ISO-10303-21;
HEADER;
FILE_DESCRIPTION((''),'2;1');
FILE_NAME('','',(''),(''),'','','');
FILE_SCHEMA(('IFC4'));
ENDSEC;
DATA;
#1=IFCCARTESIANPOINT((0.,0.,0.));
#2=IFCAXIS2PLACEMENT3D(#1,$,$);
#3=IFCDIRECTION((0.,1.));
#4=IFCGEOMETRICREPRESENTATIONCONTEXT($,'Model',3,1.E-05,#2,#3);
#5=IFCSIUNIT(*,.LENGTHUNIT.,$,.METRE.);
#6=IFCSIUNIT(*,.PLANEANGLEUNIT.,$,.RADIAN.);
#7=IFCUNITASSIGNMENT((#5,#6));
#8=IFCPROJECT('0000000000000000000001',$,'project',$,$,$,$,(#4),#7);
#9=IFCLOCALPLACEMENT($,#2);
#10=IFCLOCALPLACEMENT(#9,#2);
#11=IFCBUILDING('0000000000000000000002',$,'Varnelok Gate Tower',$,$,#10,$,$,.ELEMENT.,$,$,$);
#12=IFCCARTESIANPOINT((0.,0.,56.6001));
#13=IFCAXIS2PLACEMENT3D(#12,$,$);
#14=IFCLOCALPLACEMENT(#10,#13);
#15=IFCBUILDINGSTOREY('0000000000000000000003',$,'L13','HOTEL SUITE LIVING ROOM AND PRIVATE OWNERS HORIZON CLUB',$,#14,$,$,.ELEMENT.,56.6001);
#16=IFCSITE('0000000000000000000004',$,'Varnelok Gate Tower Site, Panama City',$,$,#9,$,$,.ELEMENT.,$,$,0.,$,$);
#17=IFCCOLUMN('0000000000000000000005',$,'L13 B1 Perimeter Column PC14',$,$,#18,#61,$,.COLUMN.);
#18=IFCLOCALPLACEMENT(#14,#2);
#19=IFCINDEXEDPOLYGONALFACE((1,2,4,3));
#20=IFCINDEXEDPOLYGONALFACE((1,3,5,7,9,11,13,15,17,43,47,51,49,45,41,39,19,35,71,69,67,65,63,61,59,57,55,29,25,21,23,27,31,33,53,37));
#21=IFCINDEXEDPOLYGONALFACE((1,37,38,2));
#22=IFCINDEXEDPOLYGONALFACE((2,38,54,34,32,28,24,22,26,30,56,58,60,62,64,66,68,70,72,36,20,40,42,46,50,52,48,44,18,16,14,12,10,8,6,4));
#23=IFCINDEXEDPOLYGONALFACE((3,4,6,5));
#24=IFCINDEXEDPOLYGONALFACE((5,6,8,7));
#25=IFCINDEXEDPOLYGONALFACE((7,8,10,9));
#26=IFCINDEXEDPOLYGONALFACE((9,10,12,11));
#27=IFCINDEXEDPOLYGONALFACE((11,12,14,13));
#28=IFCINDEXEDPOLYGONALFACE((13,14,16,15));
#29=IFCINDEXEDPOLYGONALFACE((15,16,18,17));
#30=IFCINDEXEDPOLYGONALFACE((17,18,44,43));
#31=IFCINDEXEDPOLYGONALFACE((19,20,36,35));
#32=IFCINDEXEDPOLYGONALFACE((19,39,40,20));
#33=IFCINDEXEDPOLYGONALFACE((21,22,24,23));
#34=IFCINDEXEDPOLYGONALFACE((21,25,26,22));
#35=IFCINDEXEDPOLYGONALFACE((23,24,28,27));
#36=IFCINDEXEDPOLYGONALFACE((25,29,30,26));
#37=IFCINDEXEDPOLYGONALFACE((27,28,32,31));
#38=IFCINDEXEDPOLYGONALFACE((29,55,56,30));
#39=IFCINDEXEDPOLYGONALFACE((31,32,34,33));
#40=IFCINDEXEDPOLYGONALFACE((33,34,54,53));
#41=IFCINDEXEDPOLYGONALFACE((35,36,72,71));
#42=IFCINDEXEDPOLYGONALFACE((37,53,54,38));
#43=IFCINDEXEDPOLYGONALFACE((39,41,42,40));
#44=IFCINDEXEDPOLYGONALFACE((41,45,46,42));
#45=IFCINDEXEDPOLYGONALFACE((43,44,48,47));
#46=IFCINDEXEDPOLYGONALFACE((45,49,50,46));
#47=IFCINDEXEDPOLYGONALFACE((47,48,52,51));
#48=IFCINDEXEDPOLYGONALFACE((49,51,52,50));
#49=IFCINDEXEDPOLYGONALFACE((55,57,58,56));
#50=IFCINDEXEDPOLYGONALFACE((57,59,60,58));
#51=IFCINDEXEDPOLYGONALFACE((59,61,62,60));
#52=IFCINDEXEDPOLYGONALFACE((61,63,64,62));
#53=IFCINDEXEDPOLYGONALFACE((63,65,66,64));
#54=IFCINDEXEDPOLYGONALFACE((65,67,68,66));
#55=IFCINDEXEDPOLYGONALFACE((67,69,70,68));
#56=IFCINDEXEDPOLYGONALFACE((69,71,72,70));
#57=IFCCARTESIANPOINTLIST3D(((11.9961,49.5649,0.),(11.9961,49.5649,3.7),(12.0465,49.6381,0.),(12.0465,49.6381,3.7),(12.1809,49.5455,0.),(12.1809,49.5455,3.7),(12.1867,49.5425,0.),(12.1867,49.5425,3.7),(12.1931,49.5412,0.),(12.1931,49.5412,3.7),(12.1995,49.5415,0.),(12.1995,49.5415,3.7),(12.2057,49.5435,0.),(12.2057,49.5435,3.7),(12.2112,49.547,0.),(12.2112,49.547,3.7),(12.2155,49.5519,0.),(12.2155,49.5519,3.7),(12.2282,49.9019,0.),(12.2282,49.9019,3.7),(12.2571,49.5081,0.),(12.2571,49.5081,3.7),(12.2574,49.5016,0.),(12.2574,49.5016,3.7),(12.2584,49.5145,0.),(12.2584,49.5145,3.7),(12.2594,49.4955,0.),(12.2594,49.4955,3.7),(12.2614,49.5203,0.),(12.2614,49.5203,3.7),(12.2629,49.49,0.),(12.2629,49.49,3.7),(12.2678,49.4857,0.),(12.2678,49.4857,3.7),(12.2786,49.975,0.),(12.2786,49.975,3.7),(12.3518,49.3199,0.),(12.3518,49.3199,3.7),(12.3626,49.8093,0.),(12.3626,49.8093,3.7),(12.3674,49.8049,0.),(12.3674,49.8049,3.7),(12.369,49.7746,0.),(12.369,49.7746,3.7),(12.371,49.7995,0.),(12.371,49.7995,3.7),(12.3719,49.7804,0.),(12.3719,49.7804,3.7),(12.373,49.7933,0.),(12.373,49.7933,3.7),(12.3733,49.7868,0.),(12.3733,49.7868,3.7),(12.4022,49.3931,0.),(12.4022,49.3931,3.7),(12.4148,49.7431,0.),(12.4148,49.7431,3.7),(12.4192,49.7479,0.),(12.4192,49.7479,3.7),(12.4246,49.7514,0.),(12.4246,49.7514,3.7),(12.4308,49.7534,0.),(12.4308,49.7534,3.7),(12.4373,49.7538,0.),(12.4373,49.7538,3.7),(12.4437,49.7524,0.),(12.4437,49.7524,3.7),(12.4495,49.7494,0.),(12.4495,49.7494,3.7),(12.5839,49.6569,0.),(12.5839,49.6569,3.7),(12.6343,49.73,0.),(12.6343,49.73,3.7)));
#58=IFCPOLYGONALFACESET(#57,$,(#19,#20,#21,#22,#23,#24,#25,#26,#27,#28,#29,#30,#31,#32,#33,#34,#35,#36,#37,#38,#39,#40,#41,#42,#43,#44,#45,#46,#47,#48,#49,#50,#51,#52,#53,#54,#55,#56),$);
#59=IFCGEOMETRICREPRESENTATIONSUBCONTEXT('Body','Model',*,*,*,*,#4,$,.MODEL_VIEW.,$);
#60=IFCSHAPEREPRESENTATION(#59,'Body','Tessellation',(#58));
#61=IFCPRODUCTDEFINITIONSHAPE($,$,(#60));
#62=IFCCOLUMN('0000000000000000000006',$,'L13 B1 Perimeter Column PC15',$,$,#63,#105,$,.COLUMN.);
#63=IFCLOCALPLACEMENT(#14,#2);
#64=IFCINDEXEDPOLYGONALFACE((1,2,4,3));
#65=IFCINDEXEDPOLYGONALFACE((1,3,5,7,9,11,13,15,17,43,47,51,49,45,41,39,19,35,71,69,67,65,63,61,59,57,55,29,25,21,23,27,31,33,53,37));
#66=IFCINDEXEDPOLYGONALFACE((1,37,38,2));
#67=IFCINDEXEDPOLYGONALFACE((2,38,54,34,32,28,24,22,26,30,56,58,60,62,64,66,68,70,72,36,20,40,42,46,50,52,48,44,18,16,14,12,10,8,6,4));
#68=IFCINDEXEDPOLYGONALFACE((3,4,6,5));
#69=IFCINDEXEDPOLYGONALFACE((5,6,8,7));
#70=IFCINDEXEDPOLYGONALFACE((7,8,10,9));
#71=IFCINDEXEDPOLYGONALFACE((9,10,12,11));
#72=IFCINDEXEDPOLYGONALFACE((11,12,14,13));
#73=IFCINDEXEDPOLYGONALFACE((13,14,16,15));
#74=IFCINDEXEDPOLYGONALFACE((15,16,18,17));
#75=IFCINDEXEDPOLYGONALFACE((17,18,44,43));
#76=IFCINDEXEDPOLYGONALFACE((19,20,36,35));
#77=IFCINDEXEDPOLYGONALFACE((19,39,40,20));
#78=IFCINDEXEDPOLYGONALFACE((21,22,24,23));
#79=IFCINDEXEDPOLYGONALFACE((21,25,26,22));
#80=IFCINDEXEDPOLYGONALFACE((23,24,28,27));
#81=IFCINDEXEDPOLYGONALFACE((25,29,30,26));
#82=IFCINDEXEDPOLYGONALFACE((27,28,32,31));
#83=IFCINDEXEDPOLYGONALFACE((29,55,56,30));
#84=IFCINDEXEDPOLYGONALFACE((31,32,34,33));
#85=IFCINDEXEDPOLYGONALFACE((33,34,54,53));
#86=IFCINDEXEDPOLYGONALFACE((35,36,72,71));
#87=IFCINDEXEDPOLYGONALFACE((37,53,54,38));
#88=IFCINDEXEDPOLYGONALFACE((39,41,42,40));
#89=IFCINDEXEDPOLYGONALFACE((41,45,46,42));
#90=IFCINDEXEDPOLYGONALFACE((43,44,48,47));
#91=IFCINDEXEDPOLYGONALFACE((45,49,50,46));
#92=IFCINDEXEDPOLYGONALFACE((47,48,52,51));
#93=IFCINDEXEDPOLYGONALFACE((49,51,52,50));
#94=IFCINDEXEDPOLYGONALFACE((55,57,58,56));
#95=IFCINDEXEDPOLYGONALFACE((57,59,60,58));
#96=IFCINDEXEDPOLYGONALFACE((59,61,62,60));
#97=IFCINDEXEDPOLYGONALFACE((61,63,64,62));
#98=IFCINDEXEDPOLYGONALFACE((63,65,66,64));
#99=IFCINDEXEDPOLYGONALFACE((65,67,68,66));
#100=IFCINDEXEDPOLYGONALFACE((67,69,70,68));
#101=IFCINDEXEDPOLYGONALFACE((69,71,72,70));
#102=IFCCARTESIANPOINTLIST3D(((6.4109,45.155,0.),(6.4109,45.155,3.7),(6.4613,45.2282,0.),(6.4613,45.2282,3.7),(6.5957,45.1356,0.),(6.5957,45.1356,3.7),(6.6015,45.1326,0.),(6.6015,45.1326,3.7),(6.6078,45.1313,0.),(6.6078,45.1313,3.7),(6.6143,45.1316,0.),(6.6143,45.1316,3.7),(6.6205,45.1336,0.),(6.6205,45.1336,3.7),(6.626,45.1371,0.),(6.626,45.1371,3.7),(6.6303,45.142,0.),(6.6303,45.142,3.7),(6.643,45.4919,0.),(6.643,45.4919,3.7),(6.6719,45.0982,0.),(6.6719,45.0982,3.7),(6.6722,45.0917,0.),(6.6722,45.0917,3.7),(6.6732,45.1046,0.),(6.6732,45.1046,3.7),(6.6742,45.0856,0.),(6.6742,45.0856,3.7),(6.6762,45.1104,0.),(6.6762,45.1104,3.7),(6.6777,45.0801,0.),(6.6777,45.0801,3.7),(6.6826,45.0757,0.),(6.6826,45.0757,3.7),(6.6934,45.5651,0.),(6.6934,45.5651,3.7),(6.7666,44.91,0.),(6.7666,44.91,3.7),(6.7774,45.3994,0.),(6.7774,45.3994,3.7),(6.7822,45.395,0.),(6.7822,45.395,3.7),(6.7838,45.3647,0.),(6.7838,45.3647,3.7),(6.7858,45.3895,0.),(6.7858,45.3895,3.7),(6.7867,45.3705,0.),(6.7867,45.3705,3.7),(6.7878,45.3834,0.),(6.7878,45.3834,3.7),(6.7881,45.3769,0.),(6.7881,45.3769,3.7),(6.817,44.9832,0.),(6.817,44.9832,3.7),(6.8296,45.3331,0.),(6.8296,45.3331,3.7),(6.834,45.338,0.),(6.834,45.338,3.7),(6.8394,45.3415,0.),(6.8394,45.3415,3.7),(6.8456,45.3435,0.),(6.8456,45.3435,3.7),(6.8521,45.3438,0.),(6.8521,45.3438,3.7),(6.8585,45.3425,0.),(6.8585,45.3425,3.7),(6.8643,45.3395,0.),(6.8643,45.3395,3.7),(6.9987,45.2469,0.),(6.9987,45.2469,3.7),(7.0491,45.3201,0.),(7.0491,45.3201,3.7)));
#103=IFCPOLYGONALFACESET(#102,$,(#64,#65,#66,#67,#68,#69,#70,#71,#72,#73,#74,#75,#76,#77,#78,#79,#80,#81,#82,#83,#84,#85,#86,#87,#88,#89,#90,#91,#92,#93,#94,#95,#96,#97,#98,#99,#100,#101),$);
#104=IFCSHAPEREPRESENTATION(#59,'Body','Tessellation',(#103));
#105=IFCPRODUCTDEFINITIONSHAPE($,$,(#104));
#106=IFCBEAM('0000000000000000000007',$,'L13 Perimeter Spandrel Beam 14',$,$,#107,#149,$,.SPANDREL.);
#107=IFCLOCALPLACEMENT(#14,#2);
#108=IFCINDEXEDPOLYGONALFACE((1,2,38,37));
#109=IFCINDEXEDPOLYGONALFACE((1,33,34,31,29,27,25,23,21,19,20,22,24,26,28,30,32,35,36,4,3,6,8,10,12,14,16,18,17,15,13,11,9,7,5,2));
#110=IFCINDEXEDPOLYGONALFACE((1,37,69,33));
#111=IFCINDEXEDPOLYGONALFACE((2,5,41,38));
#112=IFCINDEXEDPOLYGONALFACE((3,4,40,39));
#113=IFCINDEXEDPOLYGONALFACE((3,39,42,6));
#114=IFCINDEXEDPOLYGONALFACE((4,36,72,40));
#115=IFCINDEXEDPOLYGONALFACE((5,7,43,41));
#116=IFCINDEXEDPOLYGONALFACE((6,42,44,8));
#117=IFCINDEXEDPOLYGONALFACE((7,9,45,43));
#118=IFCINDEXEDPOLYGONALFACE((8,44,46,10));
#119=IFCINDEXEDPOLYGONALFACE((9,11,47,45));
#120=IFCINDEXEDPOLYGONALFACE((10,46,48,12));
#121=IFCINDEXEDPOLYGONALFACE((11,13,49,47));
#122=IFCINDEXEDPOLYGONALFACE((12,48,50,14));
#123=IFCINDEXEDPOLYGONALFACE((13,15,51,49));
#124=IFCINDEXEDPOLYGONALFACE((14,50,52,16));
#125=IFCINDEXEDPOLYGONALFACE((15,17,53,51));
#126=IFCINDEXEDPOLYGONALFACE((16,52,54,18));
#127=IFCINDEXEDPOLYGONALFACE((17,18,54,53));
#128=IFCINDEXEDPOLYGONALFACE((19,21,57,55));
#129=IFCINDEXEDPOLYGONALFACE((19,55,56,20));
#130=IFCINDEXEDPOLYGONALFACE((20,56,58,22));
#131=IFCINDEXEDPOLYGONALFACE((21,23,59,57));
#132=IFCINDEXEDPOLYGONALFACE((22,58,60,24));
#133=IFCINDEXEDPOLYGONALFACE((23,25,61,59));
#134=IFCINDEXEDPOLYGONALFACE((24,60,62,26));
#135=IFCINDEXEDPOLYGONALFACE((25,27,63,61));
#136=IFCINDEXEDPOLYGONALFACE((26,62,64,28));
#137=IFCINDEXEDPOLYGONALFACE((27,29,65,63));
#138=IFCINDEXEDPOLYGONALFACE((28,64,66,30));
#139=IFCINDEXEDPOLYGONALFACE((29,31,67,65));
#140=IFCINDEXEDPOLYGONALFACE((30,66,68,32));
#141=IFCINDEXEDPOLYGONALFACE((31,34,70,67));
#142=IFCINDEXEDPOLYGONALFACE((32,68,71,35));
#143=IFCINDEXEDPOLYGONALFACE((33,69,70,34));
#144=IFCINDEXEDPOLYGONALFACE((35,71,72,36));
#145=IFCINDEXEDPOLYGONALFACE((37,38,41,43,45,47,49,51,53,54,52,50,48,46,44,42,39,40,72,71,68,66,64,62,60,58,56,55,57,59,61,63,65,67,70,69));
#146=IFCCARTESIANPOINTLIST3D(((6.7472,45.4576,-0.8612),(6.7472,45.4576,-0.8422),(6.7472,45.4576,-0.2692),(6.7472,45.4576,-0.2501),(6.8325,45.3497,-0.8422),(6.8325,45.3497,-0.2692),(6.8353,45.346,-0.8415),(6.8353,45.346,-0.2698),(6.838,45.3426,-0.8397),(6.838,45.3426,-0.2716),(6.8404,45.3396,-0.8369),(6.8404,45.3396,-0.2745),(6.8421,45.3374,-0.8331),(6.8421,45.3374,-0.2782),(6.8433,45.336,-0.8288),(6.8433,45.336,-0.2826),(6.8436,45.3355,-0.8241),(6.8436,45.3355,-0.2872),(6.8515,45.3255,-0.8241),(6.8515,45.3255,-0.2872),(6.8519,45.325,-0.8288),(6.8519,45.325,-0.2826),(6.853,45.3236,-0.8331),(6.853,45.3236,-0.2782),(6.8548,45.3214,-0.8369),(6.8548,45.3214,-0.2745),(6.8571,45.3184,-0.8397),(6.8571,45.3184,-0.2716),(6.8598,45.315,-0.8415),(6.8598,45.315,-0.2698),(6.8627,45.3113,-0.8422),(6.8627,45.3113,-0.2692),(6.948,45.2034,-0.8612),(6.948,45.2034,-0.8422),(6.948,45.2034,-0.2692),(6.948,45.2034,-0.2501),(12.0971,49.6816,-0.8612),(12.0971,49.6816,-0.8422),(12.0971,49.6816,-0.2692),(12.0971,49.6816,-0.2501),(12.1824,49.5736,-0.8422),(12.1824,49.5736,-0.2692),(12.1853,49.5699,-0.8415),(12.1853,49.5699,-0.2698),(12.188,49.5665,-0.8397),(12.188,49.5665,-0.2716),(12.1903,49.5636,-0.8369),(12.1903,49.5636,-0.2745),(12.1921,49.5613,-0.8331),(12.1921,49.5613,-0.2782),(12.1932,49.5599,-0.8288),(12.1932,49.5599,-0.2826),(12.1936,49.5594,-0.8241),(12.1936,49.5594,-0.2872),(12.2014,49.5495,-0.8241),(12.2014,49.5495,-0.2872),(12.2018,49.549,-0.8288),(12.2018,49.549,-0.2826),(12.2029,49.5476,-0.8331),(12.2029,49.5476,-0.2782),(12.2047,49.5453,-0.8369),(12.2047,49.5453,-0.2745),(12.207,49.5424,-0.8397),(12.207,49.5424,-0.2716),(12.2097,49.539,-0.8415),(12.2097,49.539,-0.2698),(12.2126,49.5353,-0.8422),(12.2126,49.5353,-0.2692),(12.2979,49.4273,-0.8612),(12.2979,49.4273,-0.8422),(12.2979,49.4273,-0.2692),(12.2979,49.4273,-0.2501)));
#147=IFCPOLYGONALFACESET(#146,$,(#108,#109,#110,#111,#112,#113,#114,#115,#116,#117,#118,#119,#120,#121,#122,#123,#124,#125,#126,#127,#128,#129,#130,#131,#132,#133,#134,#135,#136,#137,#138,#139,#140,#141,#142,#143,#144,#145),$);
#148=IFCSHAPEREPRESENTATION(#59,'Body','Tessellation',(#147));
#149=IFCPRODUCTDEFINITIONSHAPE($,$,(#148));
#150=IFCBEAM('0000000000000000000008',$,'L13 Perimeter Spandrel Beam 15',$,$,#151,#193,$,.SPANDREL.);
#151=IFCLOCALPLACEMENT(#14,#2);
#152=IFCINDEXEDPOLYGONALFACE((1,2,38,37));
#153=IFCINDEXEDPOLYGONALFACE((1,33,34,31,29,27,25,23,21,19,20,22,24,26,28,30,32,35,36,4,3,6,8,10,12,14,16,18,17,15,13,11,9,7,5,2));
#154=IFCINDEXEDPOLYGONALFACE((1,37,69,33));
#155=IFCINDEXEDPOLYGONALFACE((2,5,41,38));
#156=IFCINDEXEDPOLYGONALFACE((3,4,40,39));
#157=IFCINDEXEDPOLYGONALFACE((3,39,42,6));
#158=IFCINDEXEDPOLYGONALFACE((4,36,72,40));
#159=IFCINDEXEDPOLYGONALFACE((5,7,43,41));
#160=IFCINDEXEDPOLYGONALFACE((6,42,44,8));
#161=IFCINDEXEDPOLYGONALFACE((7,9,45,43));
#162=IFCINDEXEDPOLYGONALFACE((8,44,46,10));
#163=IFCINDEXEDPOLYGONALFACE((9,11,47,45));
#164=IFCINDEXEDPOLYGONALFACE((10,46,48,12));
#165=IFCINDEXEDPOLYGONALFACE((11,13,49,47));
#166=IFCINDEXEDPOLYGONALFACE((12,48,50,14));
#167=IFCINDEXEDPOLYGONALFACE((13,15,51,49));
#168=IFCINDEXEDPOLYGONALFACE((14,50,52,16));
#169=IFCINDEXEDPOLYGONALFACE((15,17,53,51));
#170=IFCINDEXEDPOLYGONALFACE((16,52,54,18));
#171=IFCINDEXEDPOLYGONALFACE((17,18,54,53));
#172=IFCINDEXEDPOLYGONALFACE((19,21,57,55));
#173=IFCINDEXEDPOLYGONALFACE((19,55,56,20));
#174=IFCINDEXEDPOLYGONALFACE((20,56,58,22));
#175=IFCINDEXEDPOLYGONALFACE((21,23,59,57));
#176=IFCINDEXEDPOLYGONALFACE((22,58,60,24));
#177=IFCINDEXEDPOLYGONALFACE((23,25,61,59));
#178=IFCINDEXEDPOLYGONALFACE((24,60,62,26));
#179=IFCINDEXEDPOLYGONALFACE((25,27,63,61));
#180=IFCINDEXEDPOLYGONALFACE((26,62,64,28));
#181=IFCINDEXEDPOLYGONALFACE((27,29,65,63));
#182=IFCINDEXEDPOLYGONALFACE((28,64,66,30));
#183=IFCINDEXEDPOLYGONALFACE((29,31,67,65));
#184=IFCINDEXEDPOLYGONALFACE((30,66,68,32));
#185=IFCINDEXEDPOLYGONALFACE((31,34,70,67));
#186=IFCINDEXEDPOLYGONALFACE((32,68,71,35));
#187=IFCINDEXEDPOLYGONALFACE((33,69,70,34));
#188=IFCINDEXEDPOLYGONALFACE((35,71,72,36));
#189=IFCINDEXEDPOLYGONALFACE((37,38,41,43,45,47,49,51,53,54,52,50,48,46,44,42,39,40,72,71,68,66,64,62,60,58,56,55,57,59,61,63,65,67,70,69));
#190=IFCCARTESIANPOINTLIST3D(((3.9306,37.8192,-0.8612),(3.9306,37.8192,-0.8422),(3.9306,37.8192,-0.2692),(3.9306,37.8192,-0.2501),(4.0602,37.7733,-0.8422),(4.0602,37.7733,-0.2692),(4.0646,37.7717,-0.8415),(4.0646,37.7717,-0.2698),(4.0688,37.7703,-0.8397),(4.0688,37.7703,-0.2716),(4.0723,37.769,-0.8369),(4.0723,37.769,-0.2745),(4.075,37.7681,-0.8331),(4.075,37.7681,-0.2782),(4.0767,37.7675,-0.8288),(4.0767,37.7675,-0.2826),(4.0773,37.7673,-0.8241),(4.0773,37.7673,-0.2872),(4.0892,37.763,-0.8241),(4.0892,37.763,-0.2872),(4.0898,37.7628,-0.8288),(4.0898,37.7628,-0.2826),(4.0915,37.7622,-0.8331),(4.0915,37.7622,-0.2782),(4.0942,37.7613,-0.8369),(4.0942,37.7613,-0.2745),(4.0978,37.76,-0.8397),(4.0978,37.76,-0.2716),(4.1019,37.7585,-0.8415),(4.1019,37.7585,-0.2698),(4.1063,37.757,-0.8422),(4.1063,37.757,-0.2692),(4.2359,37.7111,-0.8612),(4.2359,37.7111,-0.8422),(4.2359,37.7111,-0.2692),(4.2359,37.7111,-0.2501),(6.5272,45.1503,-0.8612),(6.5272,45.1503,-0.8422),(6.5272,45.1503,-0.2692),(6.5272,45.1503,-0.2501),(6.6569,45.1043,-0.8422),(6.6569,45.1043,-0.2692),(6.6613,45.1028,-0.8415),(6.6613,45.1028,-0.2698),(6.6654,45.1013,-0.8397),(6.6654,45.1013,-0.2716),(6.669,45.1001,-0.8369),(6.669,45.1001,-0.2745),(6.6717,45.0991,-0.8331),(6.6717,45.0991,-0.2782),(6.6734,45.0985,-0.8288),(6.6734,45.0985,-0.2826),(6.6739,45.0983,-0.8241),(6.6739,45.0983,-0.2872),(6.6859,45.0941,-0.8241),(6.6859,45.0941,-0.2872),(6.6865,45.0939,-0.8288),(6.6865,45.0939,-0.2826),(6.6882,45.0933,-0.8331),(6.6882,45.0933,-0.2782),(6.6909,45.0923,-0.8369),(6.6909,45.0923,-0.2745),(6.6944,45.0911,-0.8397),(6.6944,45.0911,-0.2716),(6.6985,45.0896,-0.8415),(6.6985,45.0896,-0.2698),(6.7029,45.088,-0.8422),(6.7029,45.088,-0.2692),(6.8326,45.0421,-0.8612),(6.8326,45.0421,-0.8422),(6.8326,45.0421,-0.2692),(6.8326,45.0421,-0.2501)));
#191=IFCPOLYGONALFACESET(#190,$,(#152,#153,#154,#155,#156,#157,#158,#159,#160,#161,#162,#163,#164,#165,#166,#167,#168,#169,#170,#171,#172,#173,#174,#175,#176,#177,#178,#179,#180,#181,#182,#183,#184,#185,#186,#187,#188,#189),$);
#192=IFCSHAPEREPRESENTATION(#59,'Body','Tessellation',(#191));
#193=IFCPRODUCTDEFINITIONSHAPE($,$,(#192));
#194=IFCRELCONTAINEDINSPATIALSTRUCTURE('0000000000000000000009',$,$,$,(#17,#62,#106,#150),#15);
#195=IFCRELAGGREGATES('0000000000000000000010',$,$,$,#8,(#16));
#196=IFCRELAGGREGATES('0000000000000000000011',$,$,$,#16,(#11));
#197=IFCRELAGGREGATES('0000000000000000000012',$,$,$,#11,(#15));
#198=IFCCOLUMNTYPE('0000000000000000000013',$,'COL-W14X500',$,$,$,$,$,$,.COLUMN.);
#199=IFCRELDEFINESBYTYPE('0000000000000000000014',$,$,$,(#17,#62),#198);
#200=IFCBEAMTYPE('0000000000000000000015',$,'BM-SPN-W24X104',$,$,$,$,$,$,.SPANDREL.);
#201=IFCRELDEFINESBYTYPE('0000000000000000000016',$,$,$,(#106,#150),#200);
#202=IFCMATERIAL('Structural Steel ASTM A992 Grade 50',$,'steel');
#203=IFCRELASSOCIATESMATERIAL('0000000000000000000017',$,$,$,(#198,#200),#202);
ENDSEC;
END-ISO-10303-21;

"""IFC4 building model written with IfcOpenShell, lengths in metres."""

from ifc_helpers import new_model, si_unit, direction, frame, origin, origin_2d, place, context, subcontext, project, spatial, i_section, extrude, material, material_profile, profile_set, type_object, element, save


model = new_model("IFC4")

# Units and contexts
model_context = context("Model", 3, precision=1e-05, world=origin(), true_north=direction((0.0, 1.0)))
body_context = subcontext(model_context, "Body", "Model", "MODEL_VIEW")
ifc_project = project(units=[si_unit("LENGTHUNIT", "METRE"), si_unit("PLANEANGLEUNIT", "RADIAN")], contexts=[model_context])

# Site, building, storey
site_placement = place(None, origin())
site = spatial("IfcSite", under=ifc_project, at=site_placement, Name="Varnelok Gate Tower Site, Panama City", CompositionType="ELEMENT", RefElevation=0.0)
building_placement = place(site_placement, origin())
building = spatial("IfcBuilding", under=site, at=building_placement, Name="Varnelok Gate Tower", CompositionType="ELEMENT")
storey_placement = place(building_placement, frame((0.0, 0.0, 56.6001)))
storey = spatial("IfcBuildingStorey", under=building, at=storey_placement, Name="L13", Description="HOTEL SUITE LIVING ROOM AND PRIVATE OWNERS HORIZON CLUB", CompositionType="ELEMENT", Elevation=56.6001)

# Columns
ifc_material_1 = material(Name="Structural Steel ASTM A992 Grade 50", Category="steel")
ifc_material_profile_1 = material_profile(ifc_material_1, i_section(OverallWidth=0.4319, OverallDepth=0.498, WebThickness=0.0557, FlangeThickness=0.0889, FilletRadius=0.0249, at=origin_2d()), Name="W14X500")
ifc_profile_set_1 = profile_set([ifc_material_profile_1], Name="Structural Steel ASTM A992 Grade 50")
column_type = type_object("IfcColumnType", Name="COL-W14X500", PredefinedType="COLUMN", material=ifc_profile_set_1)
for number, where, z_axis, x_axis, name in (
    (1, (12.3152, 49.6475, 0.0), (0.0, 0.0, 1.0), (0.823533, -0.567269, 0.0), "L13 B1 Perimeter Column PC14"),
    (2, (6.73, 45.2375, 0.0), (0.0, 0.0, 1.0), (0.823533, -0.567269, 0.0), "L13 B1 Perimeter Column PC15"),
):
    element("IfcColumn", number, at=place(storey_placement, frame(where, z_axis=z_axis, x_axis=x_axis)), inside=storey, type_object=column_type, Name=name, PredefinedType="COLUMN", context=body_context, shape_type="SweptSolid", body=[
        extrude(i_section(OverallWidth=0.4319, OverallDepth=0.498, WebThickness=0.0557, FlangeThickness=0.0889, FilletRadius=0.0249, at=origin_2d()), origin(), (0.0, 0.0, 1.0), 3.7),
    ])

# Beams
ifc_material_profile_2 = material_profile(ifc_material_1, i_section(OverallWidth=0.324, OverallDepth=0.6111, WebThickness=0.0127, FlangeThickness=0.019, FilletRadius=0.0181, at=origin_2d()), Name="W24X104")
ifc_profile_set_2 = profile_set([ifc_material_profile_2], Name="Structural Steel ASTM A992 Grade 50")
beam_type = type_object("IfcBeamType", Name="BM-SPN-W24X104", PredefinedType="SPANDREL", material=ifc_profile_set_2)
beam_1_placement = place(storey_placement, frame((12.1975, 49.5544, -0.5557), z_axis=(-0.784861, -0.619672, 0.0), x_axis=(0.619672, -0.784861, 0.0)))
element("IfcBeam", 3, at=beam_1_placement, inside=storey, type_object=beam_type, Name="L13 Perimeter Spandrel Beam 14", PredefinedType="SPANDREL", context=body_context, shape_type="SweptSolid", body=[
    extrude(i_section(OverallWidth=0.324, OverallDepth=0.6111, WebThickness=0.0127, FlangeThickness=0.019, FilletRadius=0.0181, at=origin_2d()), origin(), (0.0, 0.0, 1.0), 6.8164),
])
beam_2_placement = place(storey_placement, frame((6.6799, 45.0962, -0.5557), z_axis=(-0.333877, -0.942617, 0.0), x_axis=(0.942617, -0.333877, 0.0)))
element("IfcBeam", 4, at=beam_2_placement, inside=storey, type_object=beam_type, Name="L13 Perimeter Spandrel Beam 15", PredefinedType="SPANDREL", context=body_context, shape_type="SweptSolid", body=[
    extrude(i_section(OverallWidth=0.324, OverallDepth=0.6111, WebThickness=0.0127, FlangeThickness=0.019, FilletRadius=0.0181, at=origin_2d()), origin(), (0.0, 0.0, 1.0), 7.7773),
])

save(model, "model.ifc")
